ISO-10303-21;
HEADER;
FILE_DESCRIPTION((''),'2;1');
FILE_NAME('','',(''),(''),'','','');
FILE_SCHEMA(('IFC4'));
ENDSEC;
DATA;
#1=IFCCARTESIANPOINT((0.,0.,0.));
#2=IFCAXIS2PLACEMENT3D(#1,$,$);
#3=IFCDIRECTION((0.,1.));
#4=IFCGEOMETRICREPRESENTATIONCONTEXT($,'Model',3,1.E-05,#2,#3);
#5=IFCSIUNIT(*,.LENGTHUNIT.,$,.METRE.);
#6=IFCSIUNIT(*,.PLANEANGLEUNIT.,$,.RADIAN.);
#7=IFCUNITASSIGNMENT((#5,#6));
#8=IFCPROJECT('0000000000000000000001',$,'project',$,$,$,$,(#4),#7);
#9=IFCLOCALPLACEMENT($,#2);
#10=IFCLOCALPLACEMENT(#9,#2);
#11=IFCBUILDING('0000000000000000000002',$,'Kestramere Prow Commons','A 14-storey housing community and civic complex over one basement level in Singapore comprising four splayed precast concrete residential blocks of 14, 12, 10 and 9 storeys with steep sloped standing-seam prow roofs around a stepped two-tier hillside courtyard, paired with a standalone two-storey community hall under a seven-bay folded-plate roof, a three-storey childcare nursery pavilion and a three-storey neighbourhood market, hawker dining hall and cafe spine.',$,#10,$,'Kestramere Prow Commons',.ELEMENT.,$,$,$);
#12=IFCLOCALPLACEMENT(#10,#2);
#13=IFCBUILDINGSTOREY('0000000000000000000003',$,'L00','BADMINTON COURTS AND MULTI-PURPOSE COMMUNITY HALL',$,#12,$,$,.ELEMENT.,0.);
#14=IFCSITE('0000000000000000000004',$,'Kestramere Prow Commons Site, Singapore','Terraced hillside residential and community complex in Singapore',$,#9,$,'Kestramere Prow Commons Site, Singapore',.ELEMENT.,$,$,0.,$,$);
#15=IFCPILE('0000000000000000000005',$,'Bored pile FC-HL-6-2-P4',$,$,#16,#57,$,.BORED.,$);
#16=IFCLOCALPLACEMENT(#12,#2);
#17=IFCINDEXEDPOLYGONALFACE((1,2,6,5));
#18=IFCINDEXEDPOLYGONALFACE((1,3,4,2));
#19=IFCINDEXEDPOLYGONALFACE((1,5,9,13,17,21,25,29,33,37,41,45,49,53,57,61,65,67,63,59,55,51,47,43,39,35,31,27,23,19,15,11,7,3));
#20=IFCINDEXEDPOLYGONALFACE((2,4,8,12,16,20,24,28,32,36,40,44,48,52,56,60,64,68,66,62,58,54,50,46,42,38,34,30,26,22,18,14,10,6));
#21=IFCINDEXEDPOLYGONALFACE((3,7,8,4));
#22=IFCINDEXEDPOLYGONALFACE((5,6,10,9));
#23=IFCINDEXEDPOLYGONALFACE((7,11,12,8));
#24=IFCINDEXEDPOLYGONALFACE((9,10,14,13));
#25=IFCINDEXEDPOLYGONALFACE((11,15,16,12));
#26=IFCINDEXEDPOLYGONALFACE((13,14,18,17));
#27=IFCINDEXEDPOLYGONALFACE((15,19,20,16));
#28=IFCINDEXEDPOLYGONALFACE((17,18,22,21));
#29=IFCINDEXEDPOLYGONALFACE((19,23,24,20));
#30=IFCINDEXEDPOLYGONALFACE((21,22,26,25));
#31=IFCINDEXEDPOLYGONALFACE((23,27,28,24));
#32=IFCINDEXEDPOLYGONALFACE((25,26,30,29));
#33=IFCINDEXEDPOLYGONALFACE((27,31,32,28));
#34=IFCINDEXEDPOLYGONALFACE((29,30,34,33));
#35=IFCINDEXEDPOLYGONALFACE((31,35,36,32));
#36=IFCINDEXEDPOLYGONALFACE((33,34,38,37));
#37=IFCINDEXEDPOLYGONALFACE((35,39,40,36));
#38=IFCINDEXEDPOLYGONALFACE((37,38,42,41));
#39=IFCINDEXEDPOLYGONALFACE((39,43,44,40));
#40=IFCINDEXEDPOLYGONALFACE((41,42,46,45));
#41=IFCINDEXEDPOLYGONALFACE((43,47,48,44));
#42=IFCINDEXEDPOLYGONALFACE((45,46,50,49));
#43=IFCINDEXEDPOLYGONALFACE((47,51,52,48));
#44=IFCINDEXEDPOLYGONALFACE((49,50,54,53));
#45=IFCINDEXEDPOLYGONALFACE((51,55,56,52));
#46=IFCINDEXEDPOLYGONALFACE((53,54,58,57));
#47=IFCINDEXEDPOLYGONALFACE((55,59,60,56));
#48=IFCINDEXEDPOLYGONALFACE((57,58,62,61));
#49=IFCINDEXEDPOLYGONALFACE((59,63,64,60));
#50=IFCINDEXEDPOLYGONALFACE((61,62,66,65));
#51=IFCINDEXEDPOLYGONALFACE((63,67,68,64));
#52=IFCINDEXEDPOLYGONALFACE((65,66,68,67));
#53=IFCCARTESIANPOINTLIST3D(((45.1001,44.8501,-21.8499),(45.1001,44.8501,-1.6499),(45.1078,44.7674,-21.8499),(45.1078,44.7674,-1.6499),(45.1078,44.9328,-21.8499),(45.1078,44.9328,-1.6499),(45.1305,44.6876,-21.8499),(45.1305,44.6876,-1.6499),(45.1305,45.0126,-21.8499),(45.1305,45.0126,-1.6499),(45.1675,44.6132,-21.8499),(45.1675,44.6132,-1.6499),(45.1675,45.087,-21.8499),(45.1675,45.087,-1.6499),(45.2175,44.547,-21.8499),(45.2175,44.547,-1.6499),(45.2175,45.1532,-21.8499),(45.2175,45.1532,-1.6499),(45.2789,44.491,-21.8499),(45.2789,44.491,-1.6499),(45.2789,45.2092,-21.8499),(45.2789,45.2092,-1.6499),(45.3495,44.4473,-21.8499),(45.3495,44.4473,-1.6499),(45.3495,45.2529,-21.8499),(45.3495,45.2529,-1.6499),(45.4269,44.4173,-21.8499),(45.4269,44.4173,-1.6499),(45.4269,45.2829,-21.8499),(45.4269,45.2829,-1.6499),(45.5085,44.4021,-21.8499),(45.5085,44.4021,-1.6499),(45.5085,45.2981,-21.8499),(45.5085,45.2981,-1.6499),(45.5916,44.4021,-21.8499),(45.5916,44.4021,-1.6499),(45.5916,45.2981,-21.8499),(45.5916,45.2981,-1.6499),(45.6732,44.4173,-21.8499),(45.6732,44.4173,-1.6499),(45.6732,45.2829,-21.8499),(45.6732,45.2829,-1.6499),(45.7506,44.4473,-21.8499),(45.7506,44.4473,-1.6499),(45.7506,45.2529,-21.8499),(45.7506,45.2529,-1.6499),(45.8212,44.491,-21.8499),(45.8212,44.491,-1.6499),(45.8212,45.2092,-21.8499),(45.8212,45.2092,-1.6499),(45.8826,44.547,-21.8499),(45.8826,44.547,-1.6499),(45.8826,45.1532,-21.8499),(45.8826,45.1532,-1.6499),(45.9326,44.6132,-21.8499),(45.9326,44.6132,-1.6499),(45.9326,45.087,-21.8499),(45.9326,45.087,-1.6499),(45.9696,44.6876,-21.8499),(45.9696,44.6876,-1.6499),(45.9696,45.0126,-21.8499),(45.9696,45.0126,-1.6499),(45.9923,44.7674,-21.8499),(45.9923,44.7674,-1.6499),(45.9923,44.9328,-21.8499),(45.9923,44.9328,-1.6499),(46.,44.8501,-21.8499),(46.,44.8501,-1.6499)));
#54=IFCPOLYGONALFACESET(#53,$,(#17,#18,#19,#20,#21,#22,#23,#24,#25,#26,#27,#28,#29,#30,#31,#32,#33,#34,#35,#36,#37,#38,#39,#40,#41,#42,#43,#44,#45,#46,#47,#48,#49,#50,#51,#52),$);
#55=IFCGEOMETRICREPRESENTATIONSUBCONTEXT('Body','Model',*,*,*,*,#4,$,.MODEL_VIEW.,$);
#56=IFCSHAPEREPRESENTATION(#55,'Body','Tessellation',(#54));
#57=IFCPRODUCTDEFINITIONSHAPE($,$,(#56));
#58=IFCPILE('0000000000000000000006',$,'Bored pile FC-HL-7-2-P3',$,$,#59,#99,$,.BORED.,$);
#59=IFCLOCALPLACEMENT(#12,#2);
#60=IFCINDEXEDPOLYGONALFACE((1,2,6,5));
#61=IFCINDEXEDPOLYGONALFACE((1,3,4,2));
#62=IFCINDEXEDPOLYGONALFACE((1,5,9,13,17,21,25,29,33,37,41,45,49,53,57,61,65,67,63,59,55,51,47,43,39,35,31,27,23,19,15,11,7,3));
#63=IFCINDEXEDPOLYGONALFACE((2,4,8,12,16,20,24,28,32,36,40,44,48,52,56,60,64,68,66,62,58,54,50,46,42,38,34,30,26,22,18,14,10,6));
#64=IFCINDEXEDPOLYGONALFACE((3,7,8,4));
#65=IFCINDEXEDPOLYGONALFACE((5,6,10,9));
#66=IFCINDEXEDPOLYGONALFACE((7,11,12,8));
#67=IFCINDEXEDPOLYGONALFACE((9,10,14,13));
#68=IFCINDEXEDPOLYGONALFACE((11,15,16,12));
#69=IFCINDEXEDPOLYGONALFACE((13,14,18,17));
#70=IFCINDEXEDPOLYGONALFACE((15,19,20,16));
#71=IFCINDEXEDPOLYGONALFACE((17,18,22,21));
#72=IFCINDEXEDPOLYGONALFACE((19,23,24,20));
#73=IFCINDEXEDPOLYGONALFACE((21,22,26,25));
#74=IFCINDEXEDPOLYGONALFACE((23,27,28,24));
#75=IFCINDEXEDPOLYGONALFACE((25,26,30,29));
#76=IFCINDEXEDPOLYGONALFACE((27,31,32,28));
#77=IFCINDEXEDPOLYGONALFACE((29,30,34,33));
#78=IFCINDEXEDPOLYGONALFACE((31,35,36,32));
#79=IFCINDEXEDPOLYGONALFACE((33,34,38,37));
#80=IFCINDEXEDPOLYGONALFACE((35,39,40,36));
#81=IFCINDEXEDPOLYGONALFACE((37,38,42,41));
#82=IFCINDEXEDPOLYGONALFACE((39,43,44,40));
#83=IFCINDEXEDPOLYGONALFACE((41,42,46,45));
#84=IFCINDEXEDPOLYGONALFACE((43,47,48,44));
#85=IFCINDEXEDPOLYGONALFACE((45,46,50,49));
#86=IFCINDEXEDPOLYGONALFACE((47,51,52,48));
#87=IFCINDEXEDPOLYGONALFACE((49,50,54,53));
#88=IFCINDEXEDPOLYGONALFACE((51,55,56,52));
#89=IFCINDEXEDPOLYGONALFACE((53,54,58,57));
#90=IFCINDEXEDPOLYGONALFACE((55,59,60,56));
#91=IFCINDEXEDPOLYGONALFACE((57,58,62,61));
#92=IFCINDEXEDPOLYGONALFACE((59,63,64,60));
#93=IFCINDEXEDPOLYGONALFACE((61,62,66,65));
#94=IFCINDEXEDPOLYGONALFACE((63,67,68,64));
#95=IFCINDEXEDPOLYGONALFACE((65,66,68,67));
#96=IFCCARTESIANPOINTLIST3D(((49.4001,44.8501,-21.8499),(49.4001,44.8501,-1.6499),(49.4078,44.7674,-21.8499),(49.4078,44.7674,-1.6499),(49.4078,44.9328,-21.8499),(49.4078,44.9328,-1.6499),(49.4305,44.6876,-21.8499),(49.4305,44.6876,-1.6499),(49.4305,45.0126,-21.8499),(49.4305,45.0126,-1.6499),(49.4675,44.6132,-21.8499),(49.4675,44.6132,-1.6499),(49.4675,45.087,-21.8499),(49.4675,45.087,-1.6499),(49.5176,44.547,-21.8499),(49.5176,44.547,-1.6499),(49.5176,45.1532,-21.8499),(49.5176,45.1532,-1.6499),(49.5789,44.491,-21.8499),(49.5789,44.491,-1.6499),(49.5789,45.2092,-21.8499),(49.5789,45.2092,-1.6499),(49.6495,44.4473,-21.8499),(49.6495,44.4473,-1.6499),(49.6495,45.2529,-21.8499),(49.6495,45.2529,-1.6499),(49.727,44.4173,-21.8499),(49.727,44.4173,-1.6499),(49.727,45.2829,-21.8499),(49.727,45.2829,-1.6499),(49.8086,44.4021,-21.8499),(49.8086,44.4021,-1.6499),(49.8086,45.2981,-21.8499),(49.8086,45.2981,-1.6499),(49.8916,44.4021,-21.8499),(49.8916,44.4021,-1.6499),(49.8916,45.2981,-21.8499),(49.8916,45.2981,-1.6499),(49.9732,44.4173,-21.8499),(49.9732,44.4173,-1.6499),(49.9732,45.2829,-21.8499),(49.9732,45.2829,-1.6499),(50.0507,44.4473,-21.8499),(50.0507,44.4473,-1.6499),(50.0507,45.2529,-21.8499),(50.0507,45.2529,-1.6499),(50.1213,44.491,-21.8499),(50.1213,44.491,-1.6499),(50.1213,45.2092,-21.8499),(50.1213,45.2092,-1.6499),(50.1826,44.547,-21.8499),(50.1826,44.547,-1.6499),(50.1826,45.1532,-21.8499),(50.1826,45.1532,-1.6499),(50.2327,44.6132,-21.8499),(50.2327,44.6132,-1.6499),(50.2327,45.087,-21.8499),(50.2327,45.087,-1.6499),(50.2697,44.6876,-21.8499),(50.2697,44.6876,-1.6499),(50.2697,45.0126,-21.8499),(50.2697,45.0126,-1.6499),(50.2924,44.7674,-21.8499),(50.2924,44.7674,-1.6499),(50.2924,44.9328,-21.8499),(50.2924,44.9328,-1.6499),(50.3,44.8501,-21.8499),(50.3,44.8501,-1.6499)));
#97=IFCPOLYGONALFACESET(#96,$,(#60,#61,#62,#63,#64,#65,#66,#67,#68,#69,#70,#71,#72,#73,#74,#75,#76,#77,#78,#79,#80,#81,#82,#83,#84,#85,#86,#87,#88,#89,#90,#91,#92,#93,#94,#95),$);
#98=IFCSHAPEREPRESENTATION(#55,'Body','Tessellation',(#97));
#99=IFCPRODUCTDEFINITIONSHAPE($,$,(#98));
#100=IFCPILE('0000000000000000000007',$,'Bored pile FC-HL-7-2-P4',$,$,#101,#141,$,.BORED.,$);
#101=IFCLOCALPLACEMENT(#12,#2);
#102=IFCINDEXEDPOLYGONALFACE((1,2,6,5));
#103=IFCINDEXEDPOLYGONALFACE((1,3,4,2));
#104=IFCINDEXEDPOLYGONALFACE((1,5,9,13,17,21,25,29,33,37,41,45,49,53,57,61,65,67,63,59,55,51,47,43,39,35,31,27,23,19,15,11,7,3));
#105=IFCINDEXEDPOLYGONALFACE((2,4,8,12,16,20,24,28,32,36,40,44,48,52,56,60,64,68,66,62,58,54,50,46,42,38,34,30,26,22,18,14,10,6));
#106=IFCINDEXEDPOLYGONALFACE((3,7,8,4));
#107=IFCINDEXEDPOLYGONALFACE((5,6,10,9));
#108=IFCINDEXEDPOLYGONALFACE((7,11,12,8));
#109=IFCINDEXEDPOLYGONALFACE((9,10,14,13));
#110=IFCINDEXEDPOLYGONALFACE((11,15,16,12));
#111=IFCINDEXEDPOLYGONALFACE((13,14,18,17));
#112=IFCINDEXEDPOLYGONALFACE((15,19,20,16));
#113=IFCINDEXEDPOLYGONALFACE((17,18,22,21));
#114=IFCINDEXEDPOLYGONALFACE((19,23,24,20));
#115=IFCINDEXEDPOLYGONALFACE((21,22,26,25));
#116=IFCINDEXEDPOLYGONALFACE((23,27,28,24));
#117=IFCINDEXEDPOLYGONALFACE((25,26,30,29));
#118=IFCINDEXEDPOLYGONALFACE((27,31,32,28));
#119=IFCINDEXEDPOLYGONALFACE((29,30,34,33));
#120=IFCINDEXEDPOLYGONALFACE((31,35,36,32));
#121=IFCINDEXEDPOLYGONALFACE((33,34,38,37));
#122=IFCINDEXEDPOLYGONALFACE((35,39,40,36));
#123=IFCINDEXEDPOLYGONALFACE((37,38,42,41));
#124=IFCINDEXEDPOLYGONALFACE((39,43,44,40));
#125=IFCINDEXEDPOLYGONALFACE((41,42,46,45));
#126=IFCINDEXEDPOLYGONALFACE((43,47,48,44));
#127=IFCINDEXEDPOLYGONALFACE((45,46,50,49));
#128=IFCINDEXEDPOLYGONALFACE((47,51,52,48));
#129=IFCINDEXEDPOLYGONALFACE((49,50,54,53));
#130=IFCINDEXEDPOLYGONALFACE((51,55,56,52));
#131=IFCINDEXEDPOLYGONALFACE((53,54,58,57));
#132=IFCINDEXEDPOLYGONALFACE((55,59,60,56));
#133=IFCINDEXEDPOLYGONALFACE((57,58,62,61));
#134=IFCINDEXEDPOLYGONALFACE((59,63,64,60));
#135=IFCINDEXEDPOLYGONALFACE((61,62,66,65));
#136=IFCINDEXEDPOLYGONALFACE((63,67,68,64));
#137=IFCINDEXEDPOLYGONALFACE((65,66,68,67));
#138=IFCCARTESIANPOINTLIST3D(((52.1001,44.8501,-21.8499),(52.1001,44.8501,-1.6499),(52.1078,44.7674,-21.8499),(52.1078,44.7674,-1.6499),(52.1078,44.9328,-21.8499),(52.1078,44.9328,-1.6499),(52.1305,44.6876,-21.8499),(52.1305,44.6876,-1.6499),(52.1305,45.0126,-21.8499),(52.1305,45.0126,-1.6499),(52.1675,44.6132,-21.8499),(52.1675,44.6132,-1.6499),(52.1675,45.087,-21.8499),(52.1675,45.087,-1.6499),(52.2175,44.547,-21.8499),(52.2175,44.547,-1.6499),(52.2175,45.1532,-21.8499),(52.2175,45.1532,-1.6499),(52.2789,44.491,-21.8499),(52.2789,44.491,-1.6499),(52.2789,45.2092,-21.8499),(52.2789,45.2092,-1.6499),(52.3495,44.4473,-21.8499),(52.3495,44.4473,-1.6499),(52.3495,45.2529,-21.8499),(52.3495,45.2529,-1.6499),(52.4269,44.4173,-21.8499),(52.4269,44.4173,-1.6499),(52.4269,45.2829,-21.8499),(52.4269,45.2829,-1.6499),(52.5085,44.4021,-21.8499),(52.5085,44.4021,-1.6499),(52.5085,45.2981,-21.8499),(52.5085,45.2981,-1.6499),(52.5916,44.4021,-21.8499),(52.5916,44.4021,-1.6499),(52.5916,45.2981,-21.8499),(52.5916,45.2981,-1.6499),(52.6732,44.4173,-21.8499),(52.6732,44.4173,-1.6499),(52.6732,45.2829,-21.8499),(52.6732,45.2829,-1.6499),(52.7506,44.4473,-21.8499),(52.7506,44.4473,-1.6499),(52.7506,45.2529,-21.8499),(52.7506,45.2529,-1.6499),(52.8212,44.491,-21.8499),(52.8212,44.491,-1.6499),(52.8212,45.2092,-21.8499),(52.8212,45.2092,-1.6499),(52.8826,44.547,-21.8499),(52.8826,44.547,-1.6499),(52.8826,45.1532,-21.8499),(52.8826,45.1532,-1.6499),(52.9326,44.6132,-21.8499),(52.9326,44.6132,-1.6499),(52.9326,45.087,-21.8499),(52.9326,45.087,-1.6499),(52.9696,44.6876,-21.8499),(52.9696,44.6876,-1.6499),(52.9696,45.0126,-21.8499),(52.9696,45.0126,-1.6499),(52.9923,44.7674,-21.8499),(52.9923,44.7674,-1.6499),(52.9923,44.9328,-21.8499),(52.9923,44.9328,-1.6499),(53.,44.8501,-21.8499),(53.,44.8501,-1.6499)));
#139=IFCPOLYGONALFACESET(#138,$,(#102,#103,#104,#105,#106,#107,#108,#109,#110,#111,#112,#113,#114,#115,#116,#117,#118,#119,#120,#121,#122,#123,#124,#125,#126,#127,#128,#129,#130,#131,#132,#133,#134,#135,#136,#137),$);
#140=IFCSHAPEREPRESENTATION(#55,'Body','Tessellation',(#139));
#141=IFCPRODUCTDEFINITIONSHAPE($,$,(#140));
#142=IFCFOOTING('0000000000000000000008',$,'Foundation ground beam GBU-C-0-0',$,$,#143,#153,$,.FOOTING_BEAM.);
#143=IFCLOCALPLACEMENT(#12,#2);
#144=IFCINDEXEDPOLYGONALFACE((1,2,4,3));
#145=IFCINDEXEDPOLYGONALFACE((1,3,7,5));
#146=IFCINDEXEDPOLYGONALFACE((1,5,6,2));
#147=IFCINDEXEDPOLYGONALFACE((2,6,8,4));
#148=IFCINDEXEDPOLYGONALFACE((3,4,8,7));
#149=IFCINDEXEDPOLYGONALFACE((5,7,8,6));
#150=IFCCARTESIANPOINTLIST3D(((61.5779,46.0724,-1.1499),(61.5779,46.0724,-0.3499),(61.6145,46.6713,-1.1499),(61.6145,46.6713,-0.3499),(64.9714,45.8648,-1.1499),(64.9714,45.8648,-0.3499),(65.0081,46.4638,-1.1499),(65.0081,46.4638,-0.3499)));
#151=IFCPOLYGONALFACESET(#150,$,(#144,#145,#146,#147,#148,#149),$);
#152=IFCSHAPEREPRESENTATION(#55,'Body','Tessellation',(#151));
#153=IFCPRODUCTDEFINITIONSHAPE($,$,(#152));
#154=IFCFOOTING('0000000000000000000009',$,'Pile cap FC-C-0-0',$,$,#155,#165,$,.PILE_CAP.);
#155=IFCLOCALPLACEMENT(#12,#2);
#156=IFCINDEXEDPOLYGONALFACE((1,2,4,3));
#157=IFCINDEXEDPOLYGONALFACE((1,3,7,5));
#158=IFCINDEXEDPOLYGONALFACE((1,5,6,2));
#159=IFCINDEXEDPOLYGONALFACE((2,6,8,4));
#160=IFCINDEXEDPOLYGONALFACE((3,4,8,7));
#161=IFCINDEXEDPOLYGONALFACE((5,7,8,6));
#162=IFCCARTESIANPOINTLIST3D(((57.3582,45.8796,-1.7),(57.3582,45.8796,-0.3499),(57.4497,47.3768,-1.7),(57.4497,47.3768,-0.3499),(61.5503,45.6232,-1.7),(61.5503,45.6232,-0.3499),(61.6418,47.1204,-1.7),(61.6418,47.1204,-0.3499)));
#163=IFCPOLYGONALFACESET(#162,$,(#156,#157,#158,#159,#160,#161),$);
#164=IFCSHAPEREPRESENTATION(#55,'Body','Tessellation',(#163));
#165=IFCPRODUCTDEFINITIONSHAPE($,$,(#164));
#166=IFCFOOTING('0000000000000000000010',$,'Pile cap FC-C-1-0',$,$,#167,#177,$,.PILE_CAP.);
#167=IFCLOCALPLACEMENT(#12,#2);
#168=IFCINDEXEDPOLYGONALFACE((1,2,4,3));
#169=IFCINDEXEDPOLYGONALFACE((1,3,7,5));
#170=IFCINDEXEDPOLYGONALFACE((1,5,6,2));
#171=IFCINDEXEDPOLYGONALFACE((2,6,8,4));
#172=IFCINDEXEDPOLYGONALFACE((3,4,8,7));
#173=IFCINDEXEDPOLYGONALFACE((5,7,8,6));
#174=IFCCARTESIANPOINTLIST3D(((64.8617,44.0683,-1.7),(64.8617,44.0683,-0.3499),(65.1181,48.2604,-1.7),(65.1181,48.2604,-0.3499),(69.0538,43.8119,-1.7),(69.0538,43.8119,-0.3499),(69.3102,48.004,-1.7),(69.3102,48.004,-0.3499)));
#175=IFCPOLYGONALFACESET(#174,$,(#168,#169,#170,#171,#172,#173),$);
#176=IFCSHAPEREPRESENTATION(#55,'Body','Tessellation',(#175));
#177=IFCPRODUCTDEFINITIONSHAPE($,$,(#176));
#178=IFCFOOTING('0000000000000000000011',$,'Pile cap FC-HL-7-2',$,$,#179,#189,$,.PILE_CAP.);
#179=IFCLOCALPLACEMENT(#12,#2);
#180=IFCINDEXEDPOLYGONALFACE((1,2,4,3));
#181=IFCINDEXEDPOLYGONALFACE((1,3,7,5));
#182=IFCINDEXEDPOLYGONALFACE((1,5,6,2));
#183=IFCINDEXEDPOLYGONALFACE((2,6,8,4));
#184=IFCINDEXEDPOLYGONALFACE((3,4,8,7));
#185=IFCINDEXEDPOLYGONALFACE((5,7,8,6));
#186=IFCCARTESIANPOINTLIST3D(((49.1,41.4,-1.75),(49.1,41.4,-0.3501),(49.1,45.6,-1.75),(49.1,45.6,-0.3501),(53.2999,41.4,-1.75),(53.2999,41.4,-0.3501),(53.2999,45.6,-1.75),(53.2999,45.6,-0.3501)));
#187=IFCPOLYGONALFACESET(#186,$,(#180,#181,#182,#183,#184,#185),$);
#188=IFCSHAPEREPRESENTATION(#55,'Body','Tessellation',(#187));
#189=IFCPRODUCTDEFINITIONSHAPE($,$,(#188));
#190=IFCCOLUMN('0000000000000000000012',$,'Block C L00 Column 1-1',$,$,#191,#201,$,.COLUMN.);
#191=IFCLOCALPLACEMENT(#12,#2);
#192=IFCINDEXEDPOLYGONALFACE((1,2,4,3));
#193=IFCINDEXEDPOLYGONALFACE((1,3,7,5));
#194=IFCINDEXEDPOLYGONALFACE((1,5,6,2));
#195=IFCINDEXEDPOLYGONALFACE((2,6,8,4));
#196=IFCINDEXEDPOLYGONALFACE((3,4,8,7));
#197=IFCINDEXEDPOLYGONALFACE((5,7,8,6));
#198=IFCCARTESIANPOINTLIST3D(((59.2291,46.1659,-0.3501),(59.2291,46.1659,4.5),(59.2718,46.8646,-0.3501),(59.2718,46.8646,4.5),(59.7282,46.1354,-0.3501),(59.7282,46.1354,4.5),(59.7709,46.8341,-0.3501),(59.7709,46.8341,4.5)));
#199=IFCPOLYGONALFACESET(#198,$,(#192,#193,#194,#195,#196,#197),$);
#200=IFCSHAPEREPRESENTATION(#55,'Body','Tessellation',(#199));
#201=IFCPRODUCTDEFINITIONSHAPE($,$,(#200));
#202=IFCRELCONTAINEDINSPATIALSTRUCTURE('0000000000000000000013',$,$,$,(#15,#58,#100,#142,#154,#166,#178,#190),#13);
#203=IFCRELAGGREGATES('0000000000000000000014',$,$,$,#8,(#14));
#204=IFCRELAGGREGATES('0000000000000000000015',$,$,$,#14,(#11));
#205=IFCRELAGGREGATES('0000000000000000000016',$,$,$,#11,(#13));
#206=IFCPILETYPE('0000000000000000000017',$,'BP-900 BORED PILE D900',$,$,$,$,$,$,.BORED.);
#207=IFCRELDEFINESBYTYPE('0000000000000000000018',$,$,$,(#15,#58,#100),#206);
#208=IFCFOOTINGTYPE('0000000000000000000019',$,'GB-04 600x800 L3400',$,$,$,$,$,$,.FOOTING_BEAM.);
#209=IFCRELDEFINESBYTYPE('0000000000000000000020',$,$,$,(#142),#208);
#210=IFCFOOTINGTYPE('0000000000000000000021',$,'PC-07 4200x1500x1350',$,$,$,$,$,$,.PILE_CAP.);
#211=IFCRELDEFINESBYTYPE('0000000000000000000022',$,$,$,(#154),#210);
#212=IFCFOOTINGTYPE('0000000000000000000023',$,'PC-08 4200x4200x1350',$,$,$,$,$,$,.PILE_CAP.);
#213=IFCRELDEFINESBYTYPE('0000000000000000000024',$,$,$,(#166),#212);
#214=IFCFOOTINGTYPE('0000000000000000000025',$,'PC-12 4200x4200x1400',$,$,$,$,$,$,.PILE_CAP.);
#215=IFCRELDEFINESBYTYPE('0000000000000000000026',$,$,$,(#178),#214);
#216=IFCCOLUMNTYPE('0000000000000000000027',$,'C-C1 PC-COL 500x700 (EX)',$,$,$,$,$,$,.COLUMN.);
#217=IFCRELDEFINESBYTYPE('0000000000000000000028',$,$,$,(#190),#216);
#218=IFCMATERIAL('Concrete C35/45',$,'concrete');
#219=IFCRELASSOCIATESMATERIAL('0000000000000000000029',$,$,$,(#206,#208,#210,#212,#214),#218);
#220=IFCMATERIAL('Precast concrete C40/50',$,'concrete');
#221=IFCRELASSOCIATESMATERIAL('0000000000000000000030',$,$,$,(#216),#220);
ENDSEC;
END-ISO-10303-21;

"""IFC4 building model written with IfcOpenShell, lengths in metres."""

from ifc_helpers import new_model, si_unit, direction, frame, origin, origin_2d, place, context, subcontext, project, spatial, rectangle, circle, extrude, material, material_profile, profile_set, type_object, element, save


model = new_model("IFC4")

# Units and contexts
model_context = context("Model", 3, precision=1e-05, world=origin(), true_north=direction((0.0, 1.0)))
body_context = subcontext(model_context, "Body", "Model", "MODEL_VIEW")
ifc_project = project(units=[si_unit("LENGTHUNIT", "METRE"), si_unit("PLANEANGLEUNIT", "RADIAN")], contexts=[model_context])

# Site, building, storey
site_placement = place(None, origin())
site = spatial("IfcSite", under=ifc_project, at=site_placement, Name="Kestramere Prow Commons Site, Singapore", Description="Terraced hillside residential and community complex in Singapore", LongName="Kestramere Prow Commons Site, Singapore", CompositionType="ELEMENT", RefElevation=0.0)
building_placement = place(site_placement, origin())
building = spatial("IfcBuilding", under=site, at=building_placement, Name="Kestramere Prow Commons", Description="A 14-storey housing community and civic complex over one basement level in Singapore comprising four splayed precast concrete residential blocks of 14, 12, 10 and 9 storeys with steep sloped standing-seam prow roofs around a stepped two-tier hillside courtyard, paired with a standalone two-storey community hall under a seven-bay folded-plate roof, a three-storey childcare nursery pavilion and a three-storey neighbourhood market, hawker dining hall and cafe spine.", LongName="Kestramere Prow Commons", CompositionType="ELEMENT")
storey_placement = place(building_placement, origin())
storey = spatial("IfcBuildingStorey", under=building, at=storey_placement, Name="L00", Description="BADMINTON COURTS AND MULTI-PURPOSE COMMUNITY HALL", CompositionType="ELEMENT", Elevation=0.0)

# Piles
ifc_material_1 = material(Name="Concrete C35/45", Category="concrete")
ifc_material_profile_1 = material_profile(ifc_material_1, circle(Radius=0.45, at=origin_2d()), Name="BORED PILE D900")
ifc_profile_set_1 = profile_set([ifc_material_profile_1], Name="Concrete C35/45")
pile_type = type_object("IfcPileType", Name="BP-900 BORED PILE D900", PredefinedType="BORED", material=ifc_profile_set_1)
for number, where, z_axis, x_axis, name in (
    (1, (45.55, 44.8501, -1.6499), (0.0, 0.0, -1.0), (1.0, 0.0, 0.0), "Bored pile FC-HL-6-2-P4"),
    (2, (49.8501, 44.8501, -1.6499), (0.0, 0.0, -1.0), (1.0, 0.0, 0.0), "Bored pile FC-HL-7-2-P3"),
    (3, (52.55, 44.8501, -1.6499), (0.0, 0.0, -1.0), (1.0, 0.0, 0.0), "Bored pile FC-HL-7-2-P4"),
):
    element("IfcPile", number, at=place(storey_placement, frame(where, z_axis=z_axis, x_axis=x_axis)), inside=storey, type_object=pile_type, Name=name, PredefinedType="BORED", context=body_context, shape_type="SweptSolid", body=[
        extrude(circle(Radius=0.45, at=origin_2d()), origin(), (0.0, 0.0, 1.0), 20.2),
    ])

# Footings
footing_type_1 = type_object("IfcFootingType", Name="GB-04 600x800 L3400", PredefinedType="FOOTING_BEAM", material=ifc_material_1)
footing_1_placement = place(storey_placement, frame((63.293, 46.2681, -1.1499), z_axis=(0.0, 0.0, 1.0), x_axis=(0.998135, -0.061049, 0.0)))
element("IfcFooting", 4, at=footing_1_placement, inside=storey, type_object=footing_type_1, Name="Foundation ground beam GBU-C-0-0", PredefinedType="FOOTING_BEAM", context=body_context, shape_type="SweptSolid", body=[
    extrude(rectangle(XDim=3.3999, YDim=0.6001, at=origin_2d()), origin(), (0.0, 0.0, 1.0), 0.8),
])
footing_type_2 = type_object("IfcFootingType", Name="PC-07 4200x1500x1350", PredefinedType="PILE_CAP", material=ifc_material_1)
footing_2_placement = place(storey_placement, frame((59.5, 46.5, -1.7), z_axis=(0.0, 0.0, 1.0), x_axis=(0.998135, -0.061049, 0.0)))
element("IfcFooting", 5, at=footing_2_placement, inside=storey, type_object=footing_type_2, Name="Pile cap FC-C-0-0", PredefinedType="PILE_CAP", context=body_context, shape_type="SweptSolid", body=[
    extrude(rectangle(XDim=4.2, YDim=1.5, at=origin_2d()), origin(), (0.0, 0.0, 1.0), 1.3501),
])
footing_type_3 = type_object("IfcFootingType", Name="PC-08 4200x4200x1350", PredefinedType="PILE_CAP", material=ifc_material_1)
footing_3_placement = place(storey_placement, frame((67.0859, 46.0361, -1.7), z_axis=(0.0, 0.0, 1.0), x_axis=(0.998135, -0.061049, 0.0)))
element("IfcFooting", 6, at=footing_3_placement, inside=storey, type_object=footing_type_3, Name="Pile cap FC-C-1-0", PredefinedType="PILE_CAP", context=body_context, shape_type="SweptSolid", body=[
    extrude(rectangle(XDim=4.2, YDim=4.2, at=origin_2d()), origin(), (0.0, 0.0, 1.0), 1.3501),
])
footing_type_4 = type_object("IfcFootingType", Name="PC-12 4200x4200x1400", PredefinedType="PILE_CAP", material=ifc_material_1)
footing_4_placement = place(storey_placement, frame((51.2, 43.5, -1.75), z_axis=(0.0, 0.0, 1.0), x_axis=(1.0, 0.0, 0.0)))
element("IfcFooting", 7, at=footing_4_placement, inside=storey, type_object=footing_type_4, Name="Pile cap FC-HL-7-2", PredefinedType="PILE_CAP", context=body_context, shape_type="SweptSolid", body=[
    extrude(rectangle(XDim=4.2, YDim=4.2, at=origin_2d()), origin(), (0.0, 0.0, 1.0), 1.3999),
])

# Column
ifc_material_2 = material(Name="Precast concrete C40/50", Category="concrete")
ifc_material_profile_2 = material_profile(ifc_material_2, rectangle(XDim=0.5, YDim=0.7, at=origin_2d()), Name="PC-COL 500x700")
ifc_profile_set_2 = profile_set([ifc_material_profile_2], Name="Precast concrete C40/50")
column_type_1 = type_object("IfcColumnType", Name="C-C1 PC-COL 500x700 (EX)", PredefinedType="COLUMN", material=ifc_profile_set_2)
for number, where, z_axis, x_axis, name in (
    (8, (59.5, 46.5, -0.3501), (0.0, 0.0, 1.0), (0.998135, -0.061049, 0.0), "Block C L00 Column 1-1"),
):
    element("IfcColumn", number, at=place(storey_placement, frame(where, z_axis=z_axis, x_axis=x_axis)), inside=storey, type_object=column_type_1, Name=name, PredefinedType="COLUMN", context=body_context, shape_type="SweptSolid", body=[
        extrude(rectangle(XDim=0.5, YDim=0.7, at=origin_2d()), origin(), (0.0, 0.0, 1.0), 4.8501),
    ])

save(model, "model.ifc")
